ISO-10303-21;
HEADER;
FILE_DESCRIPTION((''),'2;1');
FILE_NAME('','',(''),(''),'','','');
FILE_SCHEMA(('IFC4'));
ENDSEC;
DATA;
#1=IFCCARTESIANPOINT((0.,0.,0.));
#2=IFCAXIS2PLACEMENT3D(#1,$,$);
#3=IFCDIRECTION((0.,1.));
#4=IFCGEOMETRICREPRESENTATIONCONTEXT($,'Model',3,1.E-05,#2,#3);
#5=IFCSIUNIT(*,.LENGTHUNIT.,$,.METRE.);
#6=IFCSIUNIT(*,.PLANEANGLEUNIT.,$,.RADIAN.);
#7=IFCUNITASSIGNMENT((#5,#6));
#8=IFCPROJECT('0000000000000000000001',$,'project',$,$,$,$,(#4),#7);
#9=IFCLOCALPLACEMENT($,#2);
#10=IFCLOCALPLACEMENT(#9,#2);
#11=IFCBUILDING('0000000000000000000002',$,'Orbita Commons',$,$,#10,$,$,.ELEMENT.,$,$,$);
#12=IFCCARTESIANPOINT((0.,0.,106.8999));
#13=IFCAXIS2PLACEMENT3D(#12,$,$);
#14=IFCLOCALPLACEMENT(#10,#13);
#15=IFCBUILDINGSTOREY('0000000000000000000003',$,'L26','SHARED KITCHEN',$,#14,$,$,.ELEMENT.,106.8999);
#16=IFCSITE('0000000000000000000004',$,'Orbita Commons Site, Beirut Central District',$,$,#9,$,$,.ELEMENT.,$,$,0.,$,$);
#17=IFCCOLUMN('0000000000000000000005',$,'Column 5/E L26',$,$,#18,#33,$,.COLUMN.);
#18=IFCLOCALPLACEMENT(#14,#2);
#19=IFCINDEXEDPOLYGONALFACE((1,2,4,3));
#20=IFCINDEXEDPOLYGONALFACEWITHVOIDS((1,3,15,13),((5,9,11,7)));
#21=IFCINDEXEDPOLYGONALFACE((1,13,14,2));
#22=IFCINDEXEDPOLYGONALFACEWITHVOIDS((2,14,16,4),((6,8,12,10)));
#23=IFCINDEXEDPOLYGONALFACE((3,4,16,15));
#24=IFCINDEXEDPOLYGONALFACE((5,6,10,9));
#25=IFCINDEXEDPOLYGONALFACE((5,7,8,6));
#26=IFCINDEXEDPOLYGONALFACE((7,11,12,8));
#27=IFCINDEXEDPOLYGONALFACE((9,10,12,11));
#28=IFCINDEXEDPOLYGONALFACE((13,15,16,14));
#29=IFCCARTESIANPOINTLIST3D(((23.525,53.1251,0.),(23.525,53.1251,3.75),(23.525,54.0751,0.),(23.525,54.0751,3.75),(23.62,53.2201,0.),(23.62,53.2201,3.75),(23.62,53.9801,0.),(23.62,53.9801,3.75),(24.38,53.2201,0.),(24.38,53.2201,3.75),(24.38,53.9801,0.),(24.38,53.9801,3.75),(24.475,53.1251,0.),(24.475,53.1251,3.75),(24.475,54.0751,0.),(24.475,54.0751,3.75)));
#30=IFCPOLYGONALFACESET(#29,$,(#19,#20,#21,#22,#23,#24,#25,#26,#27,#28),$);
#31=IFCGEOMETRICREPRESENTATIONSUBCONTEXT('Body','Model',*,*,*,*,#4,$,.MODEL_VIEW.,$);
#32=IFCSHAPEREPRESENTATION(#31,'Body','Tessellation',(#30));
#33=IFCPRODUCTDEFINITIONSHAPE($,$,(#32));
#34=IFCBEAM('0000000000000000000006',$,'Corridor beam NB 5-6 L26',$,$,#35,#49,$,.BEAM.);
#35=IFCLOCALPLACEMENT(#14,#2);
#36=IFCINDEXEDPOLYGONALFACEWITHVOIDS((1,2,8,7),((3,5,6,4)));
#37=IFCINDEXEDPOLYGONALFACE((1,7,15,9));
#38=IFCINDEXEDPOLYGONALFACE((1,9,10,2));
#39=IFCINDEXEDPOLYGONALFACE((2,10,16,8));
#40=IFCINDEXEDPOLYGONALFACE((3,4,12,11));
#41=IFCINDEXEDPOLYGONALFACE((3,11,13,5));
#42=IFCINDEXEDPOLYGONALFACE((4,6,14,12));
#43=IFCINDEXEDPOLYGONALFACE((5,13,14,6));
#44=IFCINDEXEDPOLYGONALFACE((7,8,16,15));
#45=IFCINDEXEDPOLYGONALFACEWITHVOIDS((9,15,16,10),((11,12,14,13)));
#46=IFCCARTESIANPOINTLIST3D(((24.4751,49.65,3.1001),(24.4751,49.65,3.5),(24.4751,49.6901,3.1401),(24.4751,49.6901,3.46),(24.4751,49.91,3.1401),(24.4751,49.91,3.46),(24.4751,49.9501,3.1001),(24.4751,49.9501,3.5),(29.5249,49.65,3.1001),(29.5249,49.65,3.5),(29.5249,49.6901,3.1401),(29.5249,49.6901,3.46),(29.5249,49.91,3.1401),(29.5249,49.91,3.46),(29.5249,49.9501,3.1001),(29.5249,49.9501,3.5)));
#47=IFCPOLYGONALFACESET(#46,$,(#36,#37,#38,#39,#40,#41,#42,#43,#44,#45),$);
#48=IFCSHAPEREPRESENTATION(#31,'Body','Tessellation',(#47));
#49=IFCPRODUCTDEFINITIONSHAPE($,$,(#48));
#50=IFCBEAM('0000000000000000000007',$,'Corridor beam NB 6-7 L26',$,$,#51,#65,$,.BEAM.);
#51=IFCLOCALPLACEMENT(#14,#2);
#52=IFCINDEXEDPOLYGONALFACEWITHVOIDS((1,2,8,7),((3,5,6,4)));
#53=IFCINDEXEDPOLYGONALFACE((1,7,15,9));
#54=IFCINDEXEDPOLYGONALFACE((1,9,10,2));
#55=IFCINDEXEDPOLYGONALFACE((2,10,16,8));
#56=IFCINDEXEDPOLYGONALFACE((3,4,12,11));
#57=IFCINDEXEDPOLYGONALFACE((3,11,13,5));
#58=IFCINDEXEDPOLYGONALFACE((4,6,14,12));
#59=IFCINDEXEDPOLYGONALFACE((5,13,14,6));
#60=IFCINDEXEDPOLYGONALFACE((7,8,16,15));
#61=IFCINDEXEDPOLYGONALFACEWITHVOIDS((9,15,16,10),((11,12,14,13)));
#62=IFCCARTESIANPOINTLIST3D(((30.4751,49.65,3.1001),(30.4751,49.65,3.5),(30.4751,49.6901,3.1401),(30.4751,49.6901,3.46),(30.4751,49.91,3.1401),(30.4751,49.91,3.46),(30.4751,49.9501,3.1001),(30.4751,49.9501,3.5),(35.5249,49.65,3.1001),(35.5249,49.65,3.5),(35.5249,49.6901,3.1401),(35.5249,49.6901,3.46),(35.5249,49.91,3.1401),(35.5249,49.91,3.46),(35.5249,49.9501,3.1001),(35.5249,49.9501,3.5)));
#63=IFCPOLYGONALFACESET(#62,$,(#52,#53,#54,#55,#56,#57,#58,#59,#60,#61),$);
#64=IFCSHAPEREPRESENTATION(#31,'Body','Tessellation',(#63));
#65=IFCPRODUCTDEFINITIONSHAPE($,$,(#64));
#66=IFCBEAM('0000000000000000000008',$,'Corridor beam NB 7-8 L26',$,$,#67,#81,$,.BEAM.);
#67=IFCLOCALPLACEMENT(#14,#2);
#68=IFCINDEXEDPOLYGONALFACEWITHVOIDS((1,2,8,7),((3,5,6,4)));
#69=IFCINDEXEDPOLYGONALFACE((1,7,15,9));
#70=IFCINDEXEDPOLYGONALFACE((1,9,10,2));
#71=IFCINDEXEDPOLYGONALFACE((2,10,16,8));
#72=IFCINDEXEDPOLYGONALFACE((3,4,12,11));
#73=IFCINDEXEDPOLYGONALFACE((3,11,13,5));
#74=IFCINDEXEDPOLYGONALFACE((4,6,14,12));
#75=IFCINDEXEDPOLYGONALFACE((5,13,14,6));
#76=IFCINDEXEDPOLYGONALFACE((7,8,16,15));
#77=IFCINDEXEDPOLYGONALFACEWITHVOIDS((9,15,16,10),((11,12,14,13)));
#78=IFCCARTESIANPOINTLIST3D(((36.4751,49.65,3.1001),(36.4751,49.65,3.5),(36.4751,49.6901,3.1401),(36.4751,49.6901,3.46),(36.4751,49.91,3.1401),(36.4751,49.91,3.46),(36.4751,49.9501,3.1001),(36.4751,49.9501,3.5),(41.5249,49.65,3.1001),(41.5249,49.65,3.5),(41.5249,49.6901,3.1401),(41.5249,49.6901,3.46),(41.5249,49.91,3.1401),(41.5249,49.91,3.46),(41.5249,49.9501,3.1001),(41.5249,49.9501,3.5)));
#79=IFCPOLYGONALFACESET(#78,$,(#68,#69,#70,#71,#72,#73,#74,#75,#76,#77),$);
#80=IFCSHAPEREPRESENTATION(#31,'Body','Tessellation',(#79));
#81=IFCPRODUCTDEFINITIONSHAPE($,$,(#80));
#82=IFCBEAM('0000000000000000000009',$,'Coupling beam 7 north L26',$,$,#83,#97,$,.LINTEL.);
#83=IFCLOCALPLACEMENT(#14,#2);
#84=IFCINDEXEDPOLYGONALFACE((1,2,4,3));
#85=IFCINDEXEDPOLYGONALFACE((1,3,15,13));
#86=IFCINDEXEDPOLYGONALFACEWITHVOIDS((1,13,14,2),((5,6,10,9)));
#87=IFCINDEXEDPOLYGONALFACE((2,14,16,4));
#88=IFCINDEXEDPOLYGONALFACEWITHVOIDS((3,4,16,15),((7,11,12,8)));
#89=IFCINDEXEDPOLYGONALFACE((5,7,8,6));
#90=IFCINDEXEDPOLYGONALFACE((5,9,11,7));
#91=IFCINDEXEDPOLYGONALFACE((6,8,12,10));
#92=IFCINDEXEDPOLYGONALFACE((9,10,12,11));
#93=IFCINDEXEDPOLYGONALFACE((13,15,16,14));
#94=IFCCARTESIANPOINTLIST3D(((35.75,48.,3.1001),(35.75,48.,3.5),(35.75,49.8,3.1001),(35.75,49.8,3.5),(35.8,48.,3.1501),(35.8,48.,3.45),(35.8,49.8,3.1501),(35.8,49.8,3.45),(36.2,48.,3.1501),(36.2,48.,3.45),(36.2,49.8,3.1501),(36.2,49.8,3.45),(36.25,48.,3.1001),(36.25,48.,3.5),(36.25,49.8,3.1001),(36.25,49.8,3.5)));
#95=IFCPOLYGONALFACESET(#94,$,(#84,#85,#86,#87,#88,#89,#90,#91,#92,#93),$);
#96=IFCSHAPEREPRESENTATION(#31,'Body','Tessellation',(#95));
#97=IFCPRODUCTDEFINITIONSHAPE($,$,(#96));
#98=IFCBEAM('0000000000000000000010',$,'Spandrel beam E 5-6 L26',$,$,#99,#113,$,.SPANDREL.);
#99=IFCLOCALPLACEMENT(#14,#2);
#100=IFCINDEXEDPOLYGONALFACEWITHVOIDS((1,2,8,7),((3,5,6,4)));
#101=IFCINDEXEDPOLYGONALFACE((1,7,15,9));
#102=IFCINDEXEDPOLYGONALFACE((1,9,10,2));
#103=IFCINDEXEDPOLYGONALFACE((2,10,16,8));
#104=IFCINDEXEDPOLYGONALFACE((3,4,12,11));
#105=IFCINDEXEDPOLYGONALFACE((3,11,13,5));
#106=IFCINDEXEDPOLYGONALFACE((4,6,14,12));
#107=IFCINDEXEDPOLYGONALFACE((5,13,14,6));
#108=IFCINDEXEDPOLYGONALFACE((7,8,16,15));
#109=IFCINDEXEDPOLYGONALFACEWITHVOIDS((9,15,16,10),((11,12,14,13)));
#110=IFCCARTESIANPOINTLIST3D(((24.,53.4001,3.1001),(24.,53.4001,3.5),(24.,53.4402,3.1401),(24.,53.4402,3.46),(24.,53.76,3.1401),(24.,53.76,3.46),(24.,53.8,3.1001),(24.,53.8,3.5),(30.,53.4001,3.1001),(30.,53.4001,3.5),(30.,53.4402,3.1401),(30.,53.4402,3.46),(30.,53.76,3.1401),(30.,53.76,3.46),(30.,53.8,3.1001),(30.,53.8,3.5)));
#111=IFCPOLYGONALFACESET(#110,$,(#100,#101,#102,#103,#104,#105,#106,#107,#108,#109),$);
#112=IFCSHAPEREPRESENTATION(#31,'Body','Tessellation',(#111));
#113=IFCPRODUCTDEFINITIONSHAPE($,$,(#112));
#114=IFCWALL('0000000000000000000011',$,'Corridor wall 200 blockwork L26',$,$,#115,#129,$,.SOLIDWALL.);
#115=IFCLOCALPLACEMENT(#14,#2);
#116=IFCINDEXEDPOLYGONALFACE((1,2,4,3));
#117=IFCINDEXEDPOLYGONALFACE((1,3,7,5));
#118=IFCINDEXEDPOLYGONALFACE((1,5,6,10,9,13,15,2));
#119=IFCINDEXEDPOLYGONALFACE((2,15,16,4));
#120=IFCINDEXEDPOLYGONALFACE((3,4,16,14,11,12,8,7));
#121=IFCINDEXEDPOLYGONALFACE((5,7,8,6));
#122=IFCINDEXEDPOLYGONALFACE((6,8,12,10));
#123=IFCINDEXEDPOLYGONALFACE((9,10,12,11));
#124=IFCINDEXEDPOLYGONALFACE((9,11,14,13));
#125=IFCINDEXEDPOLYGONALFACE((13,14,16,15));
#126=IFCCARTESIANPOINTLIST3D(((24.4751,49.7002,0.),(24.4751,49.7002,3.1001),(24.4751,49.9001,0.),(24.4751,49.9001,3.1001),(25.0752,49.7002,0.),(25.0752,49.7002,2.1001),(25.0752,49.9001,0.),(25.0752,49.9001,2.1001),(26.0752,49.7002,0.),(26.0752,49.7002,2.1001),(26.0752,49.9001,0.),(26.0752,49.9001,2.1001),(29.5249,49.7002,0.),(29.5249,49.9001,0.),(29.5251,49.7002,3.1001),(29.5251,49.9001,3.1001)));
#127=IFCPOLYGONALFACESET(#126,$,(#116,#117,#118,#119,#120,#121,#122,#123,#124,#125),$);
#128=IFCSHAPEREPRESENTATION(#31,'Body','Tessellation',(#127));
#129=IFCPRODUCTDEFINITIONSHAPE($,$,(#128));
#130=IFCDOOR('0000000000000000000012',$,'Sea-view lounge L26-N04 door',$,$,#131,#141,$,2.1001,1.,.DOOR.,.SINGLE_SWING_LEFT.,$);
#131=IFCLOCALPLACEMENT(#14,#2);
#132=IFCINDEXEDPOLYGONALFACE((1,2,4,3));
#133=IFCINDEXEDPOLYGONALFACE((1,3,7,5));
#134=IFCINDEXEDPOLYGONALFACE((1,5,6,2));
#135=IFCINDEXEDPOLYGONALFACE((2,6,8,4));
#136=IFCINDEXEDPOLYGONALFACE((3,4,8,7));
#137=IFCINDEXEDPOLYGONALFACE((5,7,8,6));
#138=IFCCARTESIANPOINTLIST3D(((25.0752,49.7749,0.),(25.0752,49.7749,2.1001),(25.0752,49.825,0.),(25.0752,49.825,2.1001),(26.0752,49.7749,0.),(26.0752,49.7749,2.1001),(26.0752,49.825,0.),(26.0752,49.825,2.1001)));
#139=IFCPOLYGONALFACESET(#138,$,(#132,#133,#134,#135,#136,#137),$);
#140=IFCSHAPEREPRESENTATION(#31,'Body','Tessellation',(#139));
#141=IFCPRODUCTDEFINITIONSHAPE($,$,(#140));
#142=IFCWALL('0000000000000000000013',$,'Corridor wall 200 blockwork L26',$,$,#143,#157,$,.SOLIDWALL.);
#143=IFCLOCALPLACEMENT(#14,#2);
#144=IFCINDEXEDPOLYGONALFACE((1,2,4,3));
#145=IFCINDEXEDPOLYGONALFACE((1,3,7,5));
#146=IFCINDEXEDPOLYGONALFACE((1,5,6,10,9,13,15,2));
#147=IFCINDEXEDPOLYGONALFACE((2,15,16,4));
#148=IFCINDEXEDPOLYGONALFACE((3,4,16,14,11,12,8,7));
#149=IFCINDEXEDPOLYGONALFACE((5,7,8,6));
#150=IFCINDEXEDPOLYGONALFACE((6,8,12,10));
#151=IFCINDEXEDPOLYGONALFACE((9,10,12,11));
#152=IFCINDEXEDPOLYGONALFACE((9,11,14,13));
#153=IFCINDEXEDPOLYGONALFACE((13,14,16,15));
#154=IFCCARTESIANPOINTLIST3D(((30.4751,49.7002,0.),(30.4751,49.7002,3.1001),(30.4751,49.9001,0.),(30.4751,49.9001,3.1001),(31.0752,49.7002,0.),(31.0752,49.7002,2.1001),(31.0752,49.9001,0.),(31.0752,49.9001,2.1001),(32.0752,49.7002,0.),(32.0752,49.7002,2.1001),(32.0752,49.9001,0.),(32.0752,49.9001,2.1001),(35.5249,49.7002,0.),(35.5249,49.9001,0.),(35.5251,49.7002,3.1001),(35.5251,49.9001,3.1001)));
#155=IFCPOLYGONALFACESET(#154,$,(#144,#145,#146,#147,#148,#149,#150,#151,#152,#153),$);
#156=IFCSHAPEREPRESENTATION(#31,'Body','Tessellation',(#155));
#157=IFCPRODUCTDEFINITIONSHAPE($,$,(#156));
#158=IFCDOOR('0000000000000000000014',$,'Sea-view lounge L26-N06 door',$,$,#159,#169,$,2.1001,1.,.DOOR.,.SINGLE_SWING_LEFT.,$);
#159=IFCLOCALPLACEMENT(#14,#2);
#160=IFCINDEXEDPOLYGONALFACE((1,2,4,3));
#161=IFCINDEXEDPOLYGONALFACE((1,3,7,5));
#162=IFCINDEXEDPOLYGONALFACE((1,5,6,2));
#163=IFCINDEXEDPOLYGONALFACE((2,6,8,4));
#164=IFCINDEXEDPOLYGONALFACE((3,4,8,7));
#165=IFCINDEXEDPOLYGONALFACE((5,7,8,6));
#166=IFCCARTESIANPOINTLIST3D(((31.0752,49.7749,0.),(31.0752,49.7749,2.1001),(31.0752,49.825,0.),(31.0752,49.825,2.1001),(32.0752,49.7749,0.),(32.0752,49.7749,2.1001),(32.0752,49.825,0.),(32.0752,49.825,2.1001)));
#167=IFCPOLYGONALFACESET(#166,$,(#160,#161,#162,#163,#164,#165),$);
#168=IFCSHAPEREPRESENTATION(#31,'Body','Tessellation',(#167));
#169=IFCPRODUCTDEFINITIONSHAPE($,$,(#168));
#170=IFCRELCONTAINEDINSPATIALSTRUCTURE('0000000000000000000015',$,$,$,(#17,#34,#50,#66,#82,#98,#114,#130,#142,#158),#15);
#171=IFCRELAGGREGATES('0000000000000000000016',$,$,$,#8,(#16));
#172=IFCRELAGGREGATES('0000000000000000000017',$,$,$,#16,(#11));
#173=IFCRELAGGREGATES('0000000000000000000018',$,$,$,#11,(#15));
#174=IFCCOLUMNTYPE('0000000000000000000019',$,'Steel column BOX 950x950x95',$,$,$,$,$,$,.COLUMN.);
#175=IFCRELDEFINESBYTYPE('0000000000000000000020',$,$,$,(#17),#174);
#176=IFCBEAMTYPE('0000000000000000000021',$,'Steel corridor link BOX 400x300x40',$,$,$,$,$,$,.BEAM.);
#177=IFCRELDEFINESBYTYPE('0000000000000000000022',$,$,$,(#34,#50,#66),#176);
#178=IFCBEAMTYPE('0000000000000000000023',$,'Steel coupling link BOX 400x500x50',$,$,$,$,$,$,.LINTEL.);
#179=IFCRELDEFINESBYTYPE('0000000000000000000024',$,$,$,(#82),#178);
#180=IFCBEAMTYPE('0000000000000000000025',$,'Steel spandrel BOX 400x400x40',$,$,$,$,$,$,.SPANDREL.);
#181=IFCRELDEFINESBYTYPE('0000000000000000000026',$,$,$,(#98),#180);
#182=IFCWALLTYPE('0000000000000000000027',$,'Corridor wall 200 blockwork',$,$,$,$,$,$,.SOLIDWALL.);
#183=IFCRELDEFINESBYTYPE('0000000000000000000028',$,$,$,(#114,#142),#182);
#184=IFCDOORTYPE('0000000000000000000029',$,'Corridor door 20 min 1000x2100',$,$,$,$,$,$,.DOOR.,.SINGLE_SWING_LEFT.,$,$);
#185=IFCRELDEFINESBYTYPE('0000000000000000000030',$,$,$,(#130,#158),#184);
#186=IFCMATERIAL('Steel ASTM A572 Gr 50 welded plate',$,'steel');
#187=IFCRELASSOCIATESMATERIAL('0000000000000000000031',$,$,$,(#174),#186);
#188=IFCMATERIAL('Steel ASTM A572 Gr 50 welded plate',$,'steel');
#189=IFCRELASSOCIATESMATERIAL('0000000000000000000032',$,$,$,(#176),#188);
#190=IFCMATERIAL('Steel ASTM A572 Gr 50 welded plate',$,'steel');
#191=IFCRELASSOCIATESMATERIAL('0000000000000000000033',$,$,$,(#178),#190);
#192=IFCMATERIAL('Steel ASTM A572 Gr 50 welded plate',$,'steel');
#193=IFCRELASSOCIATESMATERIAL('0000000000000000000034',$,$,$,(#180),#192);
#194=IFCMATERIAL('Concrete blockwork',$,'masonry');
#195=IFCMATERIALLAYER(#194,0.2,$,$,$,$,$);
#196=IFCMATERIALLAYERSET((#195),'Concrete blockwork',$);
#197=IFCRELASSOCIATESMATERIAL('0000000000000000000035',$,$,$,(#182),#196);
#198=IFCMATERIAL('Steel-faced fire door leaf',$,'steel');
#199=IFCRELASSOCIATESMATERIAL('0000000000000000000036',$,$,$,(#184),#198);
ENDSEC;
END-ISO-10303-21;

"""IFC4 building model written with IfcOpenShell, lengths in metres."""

from ifc_helpers import new_model, si_unit, direction, frame, frame_2d, origin, origin_2d, place, context, subcontext, project, spatial, polyline, rectangle, hollow_rectangle, outline, extrude, material, layer, layer_set, material_profile, profile_set, type_object, element, fill, save


model = new_model("IFC4")

# Units and contexts
model_context = context("Model", 3, precision=1e-05, world=origin(), true_north=direction((0.0, 1.0)))
body_context = subcontext(model_context, "Body", "Model", "MODEL_VIEW")
ifc_project = project(units=[si_unit("LENGTHUNIT", "METRE"), si_unit("PLANEANGLEUNIT", "RADIAN")], contexts=[model_context])

# Site, building, storey
site_placement = place(None, origin())
site = spatial("IfcSite", under=ifc_project, at=site_placement, Name="Orbita Commons Site, Beirut Central District", CompositionType="ELEMENT", RefElevation=0.0)
building_placement = place(site_placement, origin())
building = spatial("IfcBuilding", under=site, at=building_placement, Name="Orbita Commons", CompositionType="ELEMENT")
storey_placement = place(building_placement, frame((0.0, 0.0, 106.8999)))
storey = spatial("IfcBuildingStorey", under=building, at=storey_placement, Name="L26", Description="SHARED KITCHEN", CompositionType="ELEMENT", Elevation=106.8999)

# Column
ifc_material_1 = material(Name="Steel ASTM A572 Gr 50 welded plate", Category="steel")
ifc_material_profile_1 = material_profile(ifc_material_1, hollow_rectangle(XDim=0.95, YDim=0.95, WallThickness=0.095, at=origin_2d()), Name="BOX 950x950x95")
ifc_profile_set_1 = profile_set([ifc_material_profile_1], Name="Steel ASTM A572 Gr 50 welded plate")
column_type = type_object("IfcColumnType", Name="Steel column BOX 950x950x95", PredefinedType="COLUMN", material=ifc_profile_set_1)
column_placement = place(storey_placement, frame((24.0, 53.6001, 0.0), z_axis=(0.0, 0.0, 1.0), x_axis=(1.0, 0.0, 0.0)))
element("IfcColumn", 1, at=column_placement, inside=storey, type_object=column_type, Name="Column 5/E L26", PredefinedType="COLUMN", context=body_context, shape_type="SweptSolid", body=[
    extrude(hollow_rectangle(XDim=0.95, YDim=0.95, WallThickness=0.095, at=origin_2d()), origin(), (0.0, 0.0, 1.0), 3.75),
])

# Beams
ifc_material_2 = material(Name="Steel ASTM A572 Gr 50 welded plate", Category="steel")
ifc_material_profile_2 = material_profile(ifc_material_2, hollow_rectangle(XDim=0.3, YDim=0.3999, WallThickness=0.04, at=origin_2d()), Name="BOX 400x300x40")
ifc_profile_set_2 = profile_set([ifc_material_profile_2], Name="Steel ASTM A572 Gr 50 welded plate")
beam_type_1 = type_object("IfcBeamType", Name="Steel corridor link BOX 400x300x40", PredefinedType="BEAM", material=ifc_profile_set_2)
for number, where, z_axis, x_axis, name in (
    (2, (24.4751, 49.8, 3.3), (1.0, 0.0, 0.0), (0.0, 1.0, 0.0), "Corridor beam NB 5-6 L26"),
    (3, (30.4751, 49.8, 3.3), (1.0, 0.0, 0.0), (0.0, 1.0, 0.0), "Corridor beam NB 6-7 L26"),
    (4, (36.4751, 49.8, 3.3), (1.0, 0.0, 0.0), (0.0, 1.0, 0.0), "Corridor beam NB 7-8 L26"),
):
    element("IfcBeam", number, at=place(storey_placement, frame(where, z_axis=z_axis, x_axis=x_axis)), inside=storey, type_object=beam_type_1, Name=name, PredefinedType="BEAM", context=body_context, shape_type="SweptSolid", body=[
        extrude(hollow_rectangle(XDim=0.3, YDim=0.3999, WallThickness=0.04, at=origin_2d()), origin(), (0.0, 0.0, 1.0), 5.0498),
    ])
ifc_material_3 = material(Name="Steel ASTM A572 Gr 50 welded plate", Category="steel")
ifc_material_profile_3 = material_profile(ifc_material_3, hollow_rectangle(XDim=0.5, YDim=0.3999, WallThickness=0.05, at=origin_2d()), Name="BOX 400x500x50")
ifc_profile_set_3 = profile_set([ifc_material_profile_3], Name="Steel ASTM A572 Gr 50 welded plate")
beam_type_2 = type_object("IfcBeamType", Name="Steel coupling link BOX 400x500x50", PredefinedType="LINTEL", material=ifc_profile_set_3)
beam_1_placement = place(storey_placement, frame((36.0, 48.0, 3.3), z_axis=(0.0, 1.0, 0.0), x_axis=(-1.0, 0.0, 0.0)))
element("IfcBeam", 5, at=beam_1_placement, inside=storey, type_object=beam_type_2, Name="Coupling beam 7 north L26", PredefinedType="LINTEL", context=body_context, shape_type="SweptSolid", body=[
    extrude(hollow_rectangle(XDim=0.5, YDim=0.3999, WallThickness=0.05, at=origin_2d()), origin(), (0.0, 0.0, 1.0), 1.8),
])
ifc_material_4 = material(Name="Steel ASTM A572 Gr 50 welded plate", Category="steel")
ifc_material_profile_4 = material_profile(ifc_material_4, hollow_rectangle(XDim=0.3999, YDim=0.3999, WallThickness=0.04, at=origin_2d()), Name="BOX 400x400x40")
ifc_profile_set_4 = profile_set([ifc_material_profile_4], Name="Steel ASTM A572 Gr 50 welded plate")
beam_type_3 = type_object("IfcBeamType", Name="Steel spandrel BOX 400x400x40", PredefinedType="SPANDREL", material=ifc_profile_set_4)
beam_2_placement = place(storey_placement, frame((24.0, 53.6001, 3.3), z_axis=(1.0, 0.0, 0.0), x_axis=(0.0, 1.0, 0.0)))
element("IfcBeam", 6, at=beam_2_placement, inside=storey, type_object=beam_type_3, Name="Spandrel beam E 5-6 L26", PredefinedType="SPANDREL", context=body_context, shape_type="SweptSolid", body=[
    extrude(hollow_rectangle(XDim=0.3999, YDim=0.3999, WallThickness=0.04, at=origin_2d()), origin(), (0.0, 0.0, 1.0), 6.0),
])

# Walls, openings, doors
ifc_material_5 = material(Name="Concrete blockwork", Category="masonry")
ifc_layer_1 = layer(ifc_material_5, 0.2)
ifc_layer_set_1 = layer_set([ifc_layer_1], Name="Concrete blockwork")
wall_type_1 = type_object("IfcWallType", Name="Corridor wall 200 blockwork", PredefinedType="SOLIDWALL", material=ifc_layer_set_1)
wall_1_placement = place(storey_placement, frame((24.4751, 49.8, 0.0), z_axis=(0.0, 0.0, 1.0), x_axis=(1.0, 0.0, 0.0)))
wall_1 = element("IfcWall", 7, at=wall_1_placement, inside=storey, type_object=wall_type_1, Name="Corridor wall 200 blockwork L26", PredefinedType="SOLIDWALL", context=body_context, shape_type="SweptSolid", body=[
    extrude(outline(polyline([(0.0, 0.0), (5.0498, 0.0), (5.05, 3.1001), (0.0, 3.1001), (0.0, 0.0)])), frame((0.0, 0.1001, 0.0), z_axis=(0.0, -1.0, 0.0), x_axis=(1.0, 0.0, 0.0)), (0.0, 0.0, 1.0), 0.2),
])
opening_1_placement = place(wall_1_placement, frame((0.6001, 0.0, 0.0)))
opening_1 = element("IfcOpeningElement", 8, at=opening_1_placement, cuts=wall_1, PredefinedType="OPENING", context=body_context, shape_type="SweptSolid", body=[
    extrude(rectangle(XDim=1.0, YDim=2.1001, at=frame_2d((0.5, 1.05))), frame((0.0, 0.1099, 0.0), z_axis=(0.0, -1.0, 0.0), x_axis=(1.0, 0.0, 0.0)), (0.0, 0.0, 1.0), 0.22),
])
ifc_material_6 = material(Name="Steel-faced fire door leaf", Category="steel")
door_type_1 = type_object("IfcDoorType", Name="Corridor door 20 min 1000x2100", OperationType="SINGLE_SWING_LEFT", PredefinedType="DOOR", material=ifc_material_6)
door_1_placement = place(opening_1_placement, origin())
door_1 = element("IfcDoor", 9, at=door_1_placement, inside=storey, type_object=door_type_1, Name="Sea-view lounge L26-N04 door", OperationType="SINGLE_SWING_LEFT", OverallHeight=2.1001, OverallWidth=1.0, PredefinedType="DOOR", context=body_context, shape_type="SweptSolid", body=[
    extrude(rectangle(XDim=1.0, YDim=2.1001, at=frame_2d((0.5, 1.05))), frame((0.0, 0.0249, 0.0), z_axis=(0.0, -1.0, 0.0), x_axis=(1.0, 0.0, 0.0)), (0.0, 0.0, 1.0), 0.05),
])
fill(opening_1, door_1)
wall_2_placement = place(storey_placement, frame((30.4751, 49.8, 0.0), z_axis=(0.0, 0.0, 1.0), x_axis=(1.0, 0.0, 0.0)))
wall_2 = element("IfcWall", 10, at=wall_2_placement, inside=storey, type_object=wall_type_1, Name="Corridor wall 200 blockwork L26", PredefinedType="SOLIDWALL", context=body_context, shape_type="SweptSolid", body=[
    extrude(outline(polyline([(0.0, 0.0), (5.0498, 0.0), (5.05, 3.1001), (0.0, 3.1001), (0.0, 0.0)])), frame((0.0, 0.1001, 0.0), z_axis=(0.0, -1.0, 0.0), x_axis=(1.0, 0.0, 0.0)), (0.0, 0.0, 1.0), 0.2),
])
opening_2_placement = place(wall_2_placement, frame((0.6001, 0.0, 0.0)))
opening_2 = element("IfcOpeningElement", 11, at=opening_2_placement, cuts=wall_2, PredefinedType="OPENING", context=body_context, shape_type="SweptSolid", body=[
    extrude(rectangle(XDim=1.0, YDim=2.1001, at=frame_2d((0.5, 1.05))), frame((0.0, 0.1099, 0.0), z_axis=(0.0, -1.0, 0.0), x_axis=(1.0, 0.0, 0.0)), (0.0, 0.0, 1.0), 0.22),
])
door_2_placement = place(opening_2_placement, origin())
door_2 = element("IfcDoor", 12, at=door_2_placement, inside=storey, type_object=door_type_1, Name="Sea-view lounge L26-N06 door", OperationType="SINGLE_SWING_LEFT", OverallHeight=2.1001, OverallWidth=1.0, PredefinedType="DOOR", context=body_context, shape_type="SweptSolid", body=[
    extrude(rectangle(XDim=1.0, YDim=2.1001, at=frame_2d((0.5, 1.05))), frame((0.0, 0.0249, 0.0), z_axis=(0.0, -1.0, 0.0), x_axis=(1.0, 0.0, 0.0)), (0.0, 0.0, 1.0), 0.05),
])
fill(opening_2, door_2)

save(model, "model.ifc")
